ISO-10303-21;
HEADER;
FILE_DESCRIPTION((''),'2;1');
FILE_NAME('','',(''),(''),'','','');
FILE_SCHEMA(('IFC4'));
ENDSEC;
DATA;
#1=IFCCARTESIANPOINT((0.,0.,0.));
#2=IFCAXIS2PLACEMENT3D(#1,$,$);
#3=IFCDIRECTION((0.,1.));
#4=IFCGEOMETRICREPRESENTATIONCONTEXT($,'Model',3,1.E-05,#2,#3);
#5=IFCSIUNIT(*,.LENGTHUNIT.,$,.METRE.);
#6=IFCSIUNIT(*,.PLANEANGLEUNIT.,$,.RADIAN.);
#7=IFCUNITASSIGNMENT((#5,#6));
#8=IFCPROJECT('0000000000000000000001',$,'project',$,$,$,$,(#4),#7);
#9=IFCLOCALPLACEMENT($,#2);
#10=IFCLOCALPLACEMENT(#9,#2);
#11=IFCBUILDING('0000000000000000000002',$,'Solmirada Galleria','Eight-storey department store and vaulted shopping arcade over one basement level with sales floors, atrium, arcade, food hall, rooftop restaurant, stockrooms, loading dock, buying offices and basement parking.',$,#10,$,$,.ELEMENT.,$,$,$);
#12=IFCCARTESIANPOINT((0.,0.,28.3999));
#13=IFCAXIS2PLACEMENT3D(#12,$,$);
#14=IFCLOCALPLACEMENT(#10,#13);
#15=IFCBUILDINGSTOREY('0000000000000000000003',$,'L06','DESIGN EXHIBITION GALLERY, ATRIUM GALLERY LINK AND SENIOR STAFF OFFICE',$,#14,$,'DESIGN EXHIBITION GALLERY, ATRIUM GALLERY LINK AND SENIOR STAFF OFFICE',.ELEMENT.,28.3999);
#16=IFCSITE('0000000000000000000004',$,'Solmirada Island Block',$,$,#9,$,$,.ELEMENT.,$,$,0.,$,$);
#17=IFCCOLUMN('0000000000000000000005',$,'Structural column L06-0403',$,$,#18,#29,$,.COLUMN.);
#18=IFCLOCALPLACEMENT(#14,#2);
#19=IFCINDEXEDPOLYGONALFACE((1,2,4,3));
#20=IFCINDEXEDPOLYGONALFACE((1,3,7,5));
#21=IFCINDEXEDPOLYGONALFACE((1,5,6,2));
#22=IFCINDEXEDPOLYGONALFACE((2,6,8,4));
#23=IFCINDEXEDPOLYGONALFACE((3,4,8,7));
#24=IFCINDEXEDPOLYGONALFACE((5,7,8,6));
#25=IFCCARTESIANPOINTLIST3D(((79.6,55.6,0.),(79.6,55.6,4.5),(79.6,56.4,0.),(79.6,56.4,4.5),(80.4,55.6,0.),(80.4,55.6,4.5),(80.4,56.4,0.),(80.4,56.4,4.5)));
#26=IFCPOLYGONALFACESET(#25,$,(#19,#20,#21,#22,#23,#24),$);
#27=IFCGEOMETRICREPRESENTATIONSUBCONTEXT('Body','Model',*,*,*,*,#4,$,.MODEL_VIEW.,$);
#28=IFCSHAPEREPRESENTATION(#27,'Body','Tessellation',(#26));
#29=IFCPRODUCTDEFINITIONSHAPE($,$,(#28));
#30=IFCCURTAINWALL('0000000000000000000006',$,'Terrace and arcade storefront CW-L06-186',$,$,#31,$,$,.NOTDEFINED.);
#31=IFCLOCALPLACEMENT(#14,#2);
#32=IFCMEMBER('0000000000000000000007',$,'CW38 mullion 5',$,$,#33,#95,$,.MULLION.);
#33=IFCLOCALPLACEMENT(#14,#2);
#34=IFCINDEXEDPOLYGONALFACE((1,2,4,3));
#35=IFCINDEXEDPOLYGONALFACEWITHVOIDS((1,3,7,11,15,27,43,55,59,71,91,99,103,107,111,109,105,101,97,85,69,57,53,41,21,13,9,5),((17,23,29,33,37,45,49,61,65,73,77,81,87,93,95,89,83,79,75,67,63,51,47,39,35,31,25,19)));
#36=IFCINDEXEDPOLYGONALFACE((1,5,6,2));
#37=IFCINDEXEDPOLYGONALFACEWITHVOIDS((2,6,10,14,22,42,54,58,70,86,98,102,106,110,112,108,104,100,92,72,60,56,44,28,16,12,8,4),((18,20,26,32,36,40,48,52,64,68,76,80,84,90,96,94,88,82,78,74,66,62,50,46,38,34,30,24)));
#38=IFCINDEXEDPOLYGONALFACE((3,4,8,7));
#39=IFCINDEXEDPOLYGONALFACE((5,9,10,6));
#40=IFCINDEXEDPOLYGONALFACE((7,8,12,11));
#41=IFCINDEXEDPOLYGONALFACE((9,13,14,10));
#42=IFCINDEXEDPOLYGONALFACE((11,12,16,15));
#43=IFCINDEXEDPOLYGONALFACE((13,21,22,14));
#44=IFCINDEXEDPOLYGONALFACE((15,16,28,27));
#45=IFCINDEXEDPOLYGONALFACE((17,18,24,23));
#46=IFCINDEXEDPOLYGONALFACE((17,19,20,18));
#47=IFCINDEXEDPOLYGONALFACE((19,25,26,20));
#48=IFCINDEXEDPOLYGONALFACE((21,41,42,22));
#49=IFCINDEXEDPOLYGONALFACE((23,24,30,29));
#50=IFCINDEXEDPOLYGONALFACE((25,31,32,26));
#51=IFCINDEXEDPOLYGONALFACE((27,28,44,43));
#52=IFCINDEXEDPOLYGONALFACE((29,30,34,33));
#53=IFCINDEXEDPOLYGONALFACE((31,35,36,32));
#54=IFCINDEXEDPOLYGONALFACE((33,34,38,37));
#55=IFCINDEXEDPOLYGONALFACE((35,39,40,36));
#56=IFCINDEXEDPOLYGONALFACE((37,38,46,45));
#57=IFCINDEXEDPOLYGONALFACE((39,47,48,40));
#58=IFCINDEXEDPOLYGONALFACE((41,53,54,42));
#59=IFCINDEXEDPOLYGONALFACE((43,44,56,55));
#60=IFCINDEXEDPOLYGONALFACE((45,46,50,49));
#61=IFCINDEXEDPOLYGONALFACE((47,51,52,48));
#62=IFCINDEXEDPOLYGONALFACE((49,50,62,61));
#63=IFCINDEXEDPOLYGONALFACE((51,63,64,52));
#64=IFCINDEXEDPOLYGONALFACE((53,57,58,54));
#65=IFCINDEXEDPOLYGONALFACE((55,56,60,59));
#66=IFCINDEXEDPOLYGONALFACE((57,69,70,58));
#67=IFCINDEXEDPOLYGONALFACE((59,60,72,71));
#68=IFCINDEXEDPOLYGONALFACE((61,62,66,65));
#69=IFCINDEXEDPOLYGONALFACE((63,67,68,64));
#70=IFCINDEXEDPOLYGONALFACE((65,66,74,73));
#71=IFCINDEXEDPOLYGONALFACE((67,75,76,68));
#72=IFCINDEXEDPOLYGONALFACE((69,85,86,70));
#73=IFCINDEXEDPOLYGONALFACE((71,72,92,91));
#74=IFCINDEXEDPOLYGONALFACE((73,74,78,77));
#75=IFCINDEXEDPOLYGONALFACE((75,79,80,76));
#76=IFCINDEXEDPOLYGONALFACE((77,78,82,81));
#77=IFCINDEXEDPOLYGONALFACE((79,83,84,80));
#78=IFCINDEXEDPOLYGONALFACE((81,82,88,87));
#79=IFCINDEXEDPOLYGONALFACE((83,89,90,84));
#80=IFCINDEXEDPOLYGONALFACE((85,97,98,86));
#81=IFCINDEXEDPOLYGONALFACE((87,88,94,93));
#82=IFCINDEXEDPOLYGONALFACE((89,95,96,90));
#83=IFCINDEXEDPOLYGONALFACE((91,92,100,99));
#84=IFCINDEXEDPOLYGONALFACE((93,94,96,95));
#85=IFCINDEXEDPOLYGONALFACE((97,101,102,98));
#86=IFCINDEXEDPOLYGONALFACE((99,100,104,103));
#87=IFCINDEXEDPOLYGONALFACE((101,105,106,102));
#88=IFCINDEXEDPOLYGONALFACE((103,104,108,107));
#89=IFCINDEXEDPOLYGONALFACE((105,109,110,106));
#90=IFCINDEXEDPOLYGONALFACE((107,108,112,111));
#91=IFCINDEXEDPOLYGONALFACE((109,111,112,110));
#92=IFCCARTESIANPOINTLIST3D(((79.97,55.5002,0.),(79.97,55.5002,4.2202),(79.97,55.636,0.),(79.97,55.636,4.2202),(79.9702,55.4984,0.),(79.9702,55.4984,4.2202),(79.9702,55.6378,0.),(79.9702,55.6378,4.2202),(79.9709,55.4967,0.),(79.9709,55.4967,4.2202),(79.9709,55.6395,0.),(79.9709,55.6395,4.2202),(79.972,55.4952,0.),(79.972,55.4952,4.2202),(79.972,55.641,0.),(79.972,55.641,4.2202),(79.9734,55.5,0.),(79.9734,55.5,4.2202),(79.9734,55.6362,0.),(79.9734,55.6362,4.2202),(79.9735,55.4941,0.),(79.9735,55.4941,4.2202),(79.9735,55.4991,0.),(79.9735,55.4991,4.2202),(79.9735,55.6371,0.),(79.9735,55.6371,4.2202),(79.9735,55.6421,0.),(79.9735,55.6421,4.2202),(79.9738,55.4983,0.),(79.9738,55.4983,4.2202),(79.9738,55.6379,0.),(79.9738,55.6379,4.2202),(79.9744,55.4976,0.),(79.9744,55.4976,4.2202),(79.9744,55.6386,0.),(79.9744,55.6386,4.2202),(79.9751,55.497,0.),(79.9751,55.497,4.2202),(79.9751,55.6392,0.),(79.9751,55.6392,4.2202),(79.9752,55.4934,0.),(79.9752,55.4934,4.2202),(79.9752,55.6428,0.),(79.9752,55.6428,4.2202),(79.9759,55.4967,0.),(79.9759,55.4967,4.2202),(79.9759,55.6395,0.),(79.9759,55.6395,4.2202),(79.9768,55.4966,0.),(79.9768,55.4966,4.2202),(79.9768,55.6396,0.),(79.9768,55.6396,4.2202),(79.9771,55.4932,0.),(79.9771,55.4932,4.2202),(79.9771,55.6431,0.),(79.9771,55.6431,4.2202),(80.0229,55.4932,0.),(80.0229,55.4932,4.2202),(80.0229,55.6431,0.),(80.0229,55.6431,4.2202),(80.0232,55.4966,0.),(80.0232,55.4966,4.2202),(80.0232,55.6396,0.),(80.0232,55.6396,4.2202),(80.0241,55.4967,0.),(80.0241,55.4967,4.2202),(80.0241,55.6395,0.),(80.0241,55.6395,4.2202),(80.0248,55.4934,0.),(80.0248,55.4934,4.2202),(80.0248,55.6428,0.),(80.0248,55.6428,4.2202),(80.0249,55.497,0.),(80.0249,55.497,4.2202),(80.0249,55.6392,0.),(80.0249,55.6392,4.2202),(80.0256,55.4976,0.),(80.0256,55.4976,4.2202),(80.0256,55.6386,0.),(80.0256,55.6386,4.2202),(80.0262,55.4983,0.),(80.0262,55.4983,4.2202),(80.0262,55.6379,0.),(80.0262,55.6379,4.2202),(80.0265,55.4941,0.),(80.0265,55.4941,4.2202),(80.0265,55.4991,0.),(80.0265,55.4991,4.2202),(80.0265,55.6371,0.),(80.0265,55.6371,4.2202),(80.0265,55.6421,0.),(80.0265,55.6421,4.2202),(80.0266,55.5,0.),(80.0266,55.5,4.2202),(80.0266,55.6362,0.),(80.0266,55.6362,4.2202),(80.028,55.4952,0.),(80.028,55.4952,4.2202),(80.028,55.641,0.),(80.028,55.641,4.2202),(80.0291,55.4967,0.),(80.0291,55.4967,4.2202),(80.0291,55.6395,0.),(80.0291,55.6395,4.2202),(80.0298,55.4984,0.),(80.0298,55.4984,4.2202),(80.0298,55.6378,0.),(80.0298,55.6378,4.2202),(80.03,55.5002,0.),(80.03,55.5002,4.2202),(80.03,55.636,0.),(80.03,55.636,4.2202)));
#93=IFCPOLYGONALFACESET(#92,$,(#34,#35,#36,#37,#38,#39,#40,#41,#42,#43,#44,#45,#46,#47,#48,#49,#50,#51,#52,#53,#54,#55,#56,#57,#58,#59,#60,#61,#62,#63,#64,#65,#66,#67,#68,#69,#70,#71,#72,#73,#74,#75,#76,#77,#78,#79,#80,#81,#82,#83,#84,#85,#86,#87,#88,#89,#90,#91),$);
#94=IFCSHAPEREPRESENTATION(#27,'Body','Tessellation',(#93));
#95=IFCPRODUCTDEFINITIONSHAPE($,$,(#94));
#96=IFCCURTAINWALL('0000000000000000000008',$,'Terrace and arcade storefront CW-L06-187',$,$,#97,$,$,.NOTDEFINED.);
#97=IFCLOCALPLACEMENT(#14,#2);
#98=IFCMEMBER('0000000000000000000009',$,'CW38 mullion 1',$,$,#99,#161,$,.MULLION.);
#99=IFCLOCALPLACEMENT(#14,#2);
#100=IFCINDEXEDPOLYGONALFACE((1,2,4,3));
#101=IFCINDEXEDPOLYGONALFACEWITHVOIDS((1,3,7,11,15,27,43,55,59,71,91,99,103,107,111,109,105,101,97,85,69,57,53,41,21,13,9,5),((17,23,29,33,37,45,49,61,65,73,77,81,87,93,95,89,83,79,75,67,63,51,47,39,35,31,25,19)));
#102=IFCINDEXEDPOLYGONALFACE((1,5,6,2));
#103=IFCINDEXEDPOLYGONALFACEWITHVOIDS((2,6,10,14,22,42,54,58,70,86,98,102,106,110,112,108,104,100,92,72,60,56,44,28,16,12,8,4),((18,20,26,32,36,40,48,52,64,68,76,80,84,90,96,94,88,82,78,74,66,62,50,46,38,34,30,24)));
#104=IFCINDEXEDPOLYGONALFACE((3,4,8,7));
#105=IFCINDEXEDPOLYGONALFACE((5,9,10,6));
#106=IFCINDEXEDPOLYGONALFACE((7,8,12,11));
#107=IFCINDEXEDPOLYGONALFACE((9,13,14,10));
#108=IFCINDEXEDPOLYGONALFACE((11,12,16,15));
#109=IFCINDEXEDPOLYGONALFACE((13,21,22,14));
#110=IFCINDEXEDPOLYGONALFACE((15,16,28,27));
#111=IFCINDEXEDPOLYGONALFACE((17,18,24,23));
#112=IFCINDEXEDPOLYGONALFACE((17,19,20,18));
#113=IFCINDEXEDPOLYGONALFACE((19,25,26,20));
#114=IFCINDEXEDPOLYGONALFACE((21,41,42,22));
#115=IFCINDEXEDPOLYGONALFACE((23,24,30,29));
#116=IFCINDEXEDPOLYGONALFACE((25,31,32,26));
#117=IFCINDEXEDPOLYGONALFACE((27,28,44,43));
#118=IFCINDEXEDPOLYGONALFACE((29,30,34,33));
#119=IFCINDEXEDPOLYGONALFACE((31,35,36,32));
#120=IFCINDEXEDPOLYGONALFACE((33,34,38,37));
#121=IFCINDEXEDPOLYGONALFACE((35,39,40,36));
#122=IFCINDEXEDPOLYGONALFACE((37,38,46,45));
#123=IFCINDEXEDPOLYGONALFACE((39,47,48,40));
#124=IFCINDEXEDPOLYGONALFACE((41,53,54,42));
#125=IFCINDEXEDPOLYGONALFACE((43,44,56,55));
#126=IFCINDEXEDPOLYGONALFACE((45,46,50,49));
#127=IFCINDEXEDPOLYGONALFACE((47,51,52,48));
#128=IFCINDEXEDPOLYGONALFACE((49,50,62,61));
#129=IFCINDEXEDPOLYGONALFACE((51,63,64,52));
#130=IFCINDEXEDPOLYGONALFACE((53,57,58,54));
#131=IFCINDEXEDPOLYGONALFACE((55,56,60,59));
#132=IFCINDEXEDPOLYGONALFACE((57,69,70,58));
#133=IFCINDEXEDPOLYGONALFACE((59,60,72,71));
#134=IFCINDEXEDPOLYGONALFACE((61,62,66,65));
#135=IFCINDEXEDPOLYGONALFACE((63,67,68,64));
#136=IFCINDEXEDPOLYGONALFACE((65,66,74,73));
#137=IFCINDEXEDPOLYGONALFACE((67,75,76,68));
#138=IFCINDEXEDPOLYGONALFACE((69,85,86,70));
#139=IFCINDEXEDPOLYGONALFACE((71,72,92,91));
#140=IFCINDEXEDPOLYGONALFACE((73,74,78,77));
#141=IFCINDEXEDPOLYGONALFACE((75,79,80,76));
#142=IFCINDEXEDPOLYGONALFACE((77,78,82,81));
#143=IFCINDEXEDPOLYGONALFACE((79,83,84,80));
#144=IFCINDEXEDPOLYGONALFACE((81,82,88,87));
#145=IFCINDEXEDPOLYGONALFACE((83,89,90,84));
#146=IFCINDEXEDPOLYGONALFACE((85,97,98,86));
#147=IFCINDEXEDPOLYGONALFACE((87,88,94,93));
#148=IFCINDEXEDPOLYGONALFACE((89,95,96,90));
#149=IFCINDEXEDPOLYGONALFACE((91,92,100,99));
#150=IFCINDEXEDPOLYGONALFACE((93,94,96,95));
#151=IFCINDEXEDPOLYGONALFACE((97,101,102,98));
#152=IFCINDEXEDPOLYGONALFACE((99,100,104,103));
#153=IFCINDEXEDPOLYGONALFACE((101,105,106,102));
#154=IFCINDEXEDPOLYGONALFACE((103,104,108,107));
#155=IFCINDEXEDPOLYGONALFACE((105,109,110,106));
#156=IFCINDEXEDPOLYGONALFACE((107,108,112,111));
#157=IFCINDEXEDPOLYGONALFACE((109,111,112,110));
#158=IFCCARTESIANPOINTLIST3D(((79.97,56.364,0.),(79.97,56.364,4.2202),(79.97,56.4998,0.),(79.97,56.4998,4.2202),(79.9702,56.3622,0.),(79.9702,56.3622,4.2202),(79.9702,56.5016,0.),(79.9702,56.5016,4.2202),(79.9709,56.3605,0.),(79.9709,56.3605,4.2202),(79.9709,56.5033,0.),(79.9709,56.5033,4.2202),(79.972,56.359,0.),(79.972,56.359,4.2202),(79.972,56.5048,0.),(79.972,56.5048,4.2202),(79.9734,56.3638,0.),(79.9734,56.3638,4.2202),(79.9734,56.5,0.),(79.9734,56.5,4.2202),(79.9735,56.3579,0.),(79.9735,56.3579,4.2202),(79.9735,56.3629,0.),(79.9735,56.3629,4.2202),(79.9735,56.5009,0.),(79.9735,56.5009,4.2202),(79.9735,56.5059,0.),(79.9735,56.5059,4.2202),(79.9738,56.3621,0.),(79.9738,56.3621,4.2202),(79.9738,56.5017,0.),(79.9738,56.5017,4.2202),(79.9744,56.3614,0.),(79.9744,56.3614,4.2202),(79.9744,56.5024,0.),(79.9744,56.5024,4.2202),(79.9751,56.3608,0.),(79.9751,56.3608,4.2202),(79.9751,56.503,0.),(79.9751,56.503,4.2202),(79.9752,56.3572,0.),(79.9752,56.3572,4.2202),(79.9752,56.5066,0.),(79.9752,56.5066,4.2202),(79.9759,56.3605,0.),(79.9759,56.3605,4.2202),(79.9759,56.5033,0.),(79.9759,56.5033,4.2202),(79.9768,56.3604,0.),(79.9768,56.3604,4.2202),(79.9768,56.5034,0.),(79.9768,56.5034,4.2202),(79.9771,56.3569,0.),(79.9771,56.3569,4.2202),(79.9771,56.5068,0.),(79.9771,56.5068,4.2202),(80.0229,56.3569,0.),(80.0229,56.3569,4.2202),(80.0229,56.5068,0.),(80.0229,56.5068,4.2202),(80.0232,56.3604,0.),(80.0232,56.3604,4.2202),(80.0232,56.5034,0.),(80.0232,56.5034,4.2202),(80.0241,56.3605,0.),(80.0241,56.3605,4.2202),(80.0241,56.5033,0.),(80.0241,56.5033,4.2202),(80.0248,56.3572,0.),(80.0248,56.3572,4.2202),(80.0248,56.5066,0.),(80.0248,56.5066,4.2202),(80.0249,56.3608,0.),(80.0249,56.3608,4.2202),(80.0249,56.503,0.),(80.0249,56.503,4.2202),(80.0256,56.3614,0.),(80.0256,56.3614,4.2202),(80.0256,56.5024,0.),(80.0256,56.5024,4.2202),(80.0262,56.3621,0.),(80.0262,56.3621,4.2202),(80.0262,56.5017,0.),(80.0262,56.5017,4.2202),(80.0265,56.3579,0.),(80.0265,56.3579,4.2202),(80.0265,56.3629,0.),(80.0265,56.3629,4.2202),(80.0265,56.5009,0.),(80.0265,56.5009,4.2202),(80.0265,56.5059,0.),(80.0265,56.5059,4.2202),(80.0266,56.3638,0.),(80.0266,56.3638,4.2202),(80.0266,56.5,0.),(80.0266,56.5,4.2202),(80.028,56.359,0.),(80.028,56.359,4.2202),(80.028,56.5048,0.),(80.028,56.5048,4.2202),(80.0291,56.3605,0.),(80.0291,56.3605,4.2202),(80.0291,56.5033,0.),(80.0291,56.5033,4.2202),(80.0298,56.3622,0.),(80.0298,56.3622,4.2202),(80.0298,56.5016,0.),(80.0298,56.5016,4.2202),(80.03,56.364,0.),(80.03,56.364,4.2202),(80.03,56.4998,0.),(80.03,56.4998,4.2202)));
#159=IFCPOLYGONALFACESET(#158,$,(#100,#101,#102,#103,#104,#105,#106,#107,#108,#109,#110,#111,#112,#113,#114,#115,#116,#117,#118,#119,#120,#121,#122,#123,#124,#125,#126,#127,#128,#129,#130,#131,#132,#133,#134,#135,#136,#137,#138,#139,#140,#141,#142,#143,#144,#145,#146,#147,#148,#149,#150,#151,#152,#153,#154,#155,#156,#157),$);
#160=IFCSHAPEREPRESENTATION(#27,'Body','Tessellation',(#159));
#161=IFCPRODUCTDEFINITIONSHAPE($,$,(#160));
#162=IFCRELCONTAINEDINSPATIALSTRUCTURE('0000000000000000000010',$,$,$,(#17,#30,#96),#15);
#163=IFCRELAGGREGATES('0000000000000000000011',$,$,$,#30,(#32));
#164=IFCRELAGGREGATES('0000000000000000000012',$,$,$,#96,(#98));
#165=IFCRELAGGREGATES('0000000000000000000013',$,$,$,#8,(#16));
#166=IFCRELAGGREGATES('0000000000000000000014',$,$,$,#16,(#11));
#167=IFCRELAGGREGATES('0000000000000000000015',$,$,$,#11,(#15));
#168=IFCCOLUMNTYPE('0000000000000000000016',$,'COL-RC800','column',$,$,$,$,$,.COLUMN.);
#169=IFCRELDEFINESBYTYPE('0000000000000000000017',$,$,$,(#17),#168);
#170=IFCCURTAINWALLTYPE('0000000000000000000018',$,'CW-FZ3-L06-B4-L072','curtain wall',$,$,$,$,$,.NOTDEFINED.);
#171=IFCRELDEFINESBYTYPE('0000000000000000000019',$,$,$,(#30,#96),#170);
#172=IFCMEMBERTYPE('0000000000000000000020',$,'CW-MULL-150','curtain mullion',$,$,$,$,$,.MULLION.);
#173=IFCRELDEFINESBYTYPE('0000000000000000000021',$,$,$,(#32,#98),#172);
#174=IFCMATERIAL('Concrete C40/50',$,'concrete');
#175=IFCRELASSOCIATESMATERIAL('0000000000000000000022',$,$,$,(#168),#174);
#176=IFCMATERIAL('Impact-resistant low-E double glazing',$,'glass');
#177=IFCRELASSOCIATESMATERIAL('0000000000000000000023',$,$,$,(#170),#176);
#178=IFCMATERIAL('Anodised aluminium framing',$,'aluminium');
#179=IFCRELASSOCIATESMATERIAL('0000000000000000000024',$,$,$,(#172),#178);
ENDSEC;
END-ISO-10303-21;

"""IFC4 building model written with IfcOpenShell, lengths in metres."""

from ifc_helpers import new_model, si_unit, direction, frame, origin, origin_2d, place, context, subcontext, project, spatial, rectangle, hollow_rectangle, extrude, material, material_profile, profile_set, type_object, element, aggregate, save


model = new_model("IFC4")

# Units and contexts
model_context = context("Model", 3, precision=1e-05, world=origin(), true_north=direction((0.0, 1.0)))
body_context = subcontext(model_context, "Body", "Model", "MODEL_VIEW")
ifc_project = project(units=[si_unit("LENGTHUNIT", "METRE"), si_unit("PLANEANGLEUNIT", "RADIAN")], contexts=[model_context])

# Site, building, storey
site_placement = place(None, origin())
site = spatial("IfcSite", under=ifc_project, at=site_placement, Name="Solmirada Island Block", CompositionType="ELEMENT", RefElevation=0.0)
building_placement = place(site_placement, origin())
building = spatial("IfcBuilding", under=site, at=building_placement, Name="Solmirada Galleria", Description="Eight-storey department store and vaulted shopping arcade over one basement level with sales floors, atrium, arcade, food hall, rooftop restaurant, stockrooms, loading dock, buying offices and basement parking.", CompositionType="ELEMENT")
storey_placement = place(building_placement, frame((0.0, 0.0, 28.3999)))
storey = spatial("IfcBuildingStorey", under=building, at=storey_placement, Name="L06", Description="DESIGN EXHIBITION GALLERY, ATRIUM GALLERY LINK AND SENIOR STAFF OFFICE", LongName="DESIGN EXHIBITION GALLERY, ATRIUM GALLERY LINK AND SENIOR STAFF OFFICE", CompositionType="ELEMENT", Elevation=28.3999)

# Column
ifc_material_1 = material(Name="Concrete C40/50", Category="concrete")
ifc_material_profile_1 = material_profile(ifc_material_1, rectangle(XDim=0.8, YDim=0.8, at=origin_2d()), Name="RC800X800")
ifc_profile_set_1 = profile_set([ifc_material_profile_1], Name="Concrete C40/50")
column_type = type_object("IfcColumnType", Name="COL-RC800", Description="column", PredefinedType="COLUMN", material=ifc_profile_set_1)
column_placement = place(storey_placement, frame((80.0, 56.0, 0.0), z_axis=(0.0, 0.0, 1.0), x_axis=(1.0, 0.0, 0.0)))
element("IfcColumn", 1, at=column_placement, inside=storey, type_object=column_type, Name="Structural column L06-0403", PredefinedType="COLUMN", context=body_context, shape_type="SweptSolid", body=[
    extrude(rectangle(XDim=0.8, YDim=0.8, at=origin_2d()), origin(), (0.0, 0.0, 1.0), 4.5),
])

# Curtain wall, member
ifc_material_2 = material(Name="Impact-resistant low-E double glazing", Category="glass")
curtain_wall_type = type_object("IfcCurtainWallType", Name="CW-FZ3-L06-B4-L072", Description="curtain wall", PredefinedType="NOTDEFINED", material=ifc_material_2)
curtain_wall_1_placement = place(storey_placement, origin())
curtain_wall_1 = element("IfcCurtainWall", 2, at=curtain_wall_1_placement, inside=storey, type_object=curtain_wall_type, Name="Terrace and arcade storefront CW-L06-186", PredefinedType="NOTDEFINED")
ifc_material_3 = material(Name="Anodised aluminium framing", Category="aluminium")
ifc_material_profile_2 = material_profile(ifc_material_3, hollow_rectangle(XDim=0.0601, YDim=0.1499, WallThickness=0.0034, InnerFilletRadius=0.0034, OuterFilletRadius=0.0071, at=origin_2d()), Name="ALU-MULL-150X60")
ifc_profile_set_2 = profile_set([ifc_material_profile_2], Name="Anodised aluminium framing")
member_type_1 = type_object("IfcMemberType", Name="CW-MULL-150", Description="curtain mullion", PredefinedType="MULLION", material=ifc_profile_set_2)
member_1_placement = place(storey_placement, frame((80.0, 55.5681, 0.0), z_axis=(0.0, 0.0, 1.0), x_axis=(-1.0, 0.0, 0.0)))
member_1 = element("IfcMember", 3, at=member_1_placement, type_object=member_type_1, Name="CW38 mullion 5", PredefinedType="MULLION", context=body_context, shape_type="SweptSolid", body=[
    extrude(hollow_rectangle(XDim=0.0601, YDim=0.1499, WallThickness=0.0034, InnerFilletRadius=0.0034, OuterFilletRadius=0.0071, at=origin_2d()), origin(), (0.0, 0.0, 1.0), 4.2202),
])

# Curtain wall, member
curtain_wall_2_placement = place(storey_placement, origin())
curtain_wall_2 = element("IfcCurtainWall", 4, at=curtain_wall_2_placement, inside=storey, type_object=curtain_wall_type, Name="Terrace and arcade storefront CW-L06-187", PredefinedType="NOTDEFINED")
member_2_placement = place(storey_placement, frame((80.0, 56.4319, 0.0), z_axis=(0.0, 0.0, 1.0), x_axis=(-1.0, 0.0, 0.0)))
member_2 = element("IfcMember", 5, at=member_2_placement, type_object=member_type_1, Name="CW38 mullion 1", PredefinedType="MULLION", context=body_context, shape_type="SweptSolid", body=[
    extrude(hollow_rectangle(XDim=0.0601, YDim=0.1499, WallThickness=0.0034, InnerFilletRadius=0.0034, OuterFilletRadius=0.0071, at=origin_2d()), origin(), (0.0, 0.0, 1.0), 4.2202),
])

aggregate(curtain_wall_1, [member_1])
aggregate(curtain_wall_2, [member_2])

save(model, "model.ifc")
